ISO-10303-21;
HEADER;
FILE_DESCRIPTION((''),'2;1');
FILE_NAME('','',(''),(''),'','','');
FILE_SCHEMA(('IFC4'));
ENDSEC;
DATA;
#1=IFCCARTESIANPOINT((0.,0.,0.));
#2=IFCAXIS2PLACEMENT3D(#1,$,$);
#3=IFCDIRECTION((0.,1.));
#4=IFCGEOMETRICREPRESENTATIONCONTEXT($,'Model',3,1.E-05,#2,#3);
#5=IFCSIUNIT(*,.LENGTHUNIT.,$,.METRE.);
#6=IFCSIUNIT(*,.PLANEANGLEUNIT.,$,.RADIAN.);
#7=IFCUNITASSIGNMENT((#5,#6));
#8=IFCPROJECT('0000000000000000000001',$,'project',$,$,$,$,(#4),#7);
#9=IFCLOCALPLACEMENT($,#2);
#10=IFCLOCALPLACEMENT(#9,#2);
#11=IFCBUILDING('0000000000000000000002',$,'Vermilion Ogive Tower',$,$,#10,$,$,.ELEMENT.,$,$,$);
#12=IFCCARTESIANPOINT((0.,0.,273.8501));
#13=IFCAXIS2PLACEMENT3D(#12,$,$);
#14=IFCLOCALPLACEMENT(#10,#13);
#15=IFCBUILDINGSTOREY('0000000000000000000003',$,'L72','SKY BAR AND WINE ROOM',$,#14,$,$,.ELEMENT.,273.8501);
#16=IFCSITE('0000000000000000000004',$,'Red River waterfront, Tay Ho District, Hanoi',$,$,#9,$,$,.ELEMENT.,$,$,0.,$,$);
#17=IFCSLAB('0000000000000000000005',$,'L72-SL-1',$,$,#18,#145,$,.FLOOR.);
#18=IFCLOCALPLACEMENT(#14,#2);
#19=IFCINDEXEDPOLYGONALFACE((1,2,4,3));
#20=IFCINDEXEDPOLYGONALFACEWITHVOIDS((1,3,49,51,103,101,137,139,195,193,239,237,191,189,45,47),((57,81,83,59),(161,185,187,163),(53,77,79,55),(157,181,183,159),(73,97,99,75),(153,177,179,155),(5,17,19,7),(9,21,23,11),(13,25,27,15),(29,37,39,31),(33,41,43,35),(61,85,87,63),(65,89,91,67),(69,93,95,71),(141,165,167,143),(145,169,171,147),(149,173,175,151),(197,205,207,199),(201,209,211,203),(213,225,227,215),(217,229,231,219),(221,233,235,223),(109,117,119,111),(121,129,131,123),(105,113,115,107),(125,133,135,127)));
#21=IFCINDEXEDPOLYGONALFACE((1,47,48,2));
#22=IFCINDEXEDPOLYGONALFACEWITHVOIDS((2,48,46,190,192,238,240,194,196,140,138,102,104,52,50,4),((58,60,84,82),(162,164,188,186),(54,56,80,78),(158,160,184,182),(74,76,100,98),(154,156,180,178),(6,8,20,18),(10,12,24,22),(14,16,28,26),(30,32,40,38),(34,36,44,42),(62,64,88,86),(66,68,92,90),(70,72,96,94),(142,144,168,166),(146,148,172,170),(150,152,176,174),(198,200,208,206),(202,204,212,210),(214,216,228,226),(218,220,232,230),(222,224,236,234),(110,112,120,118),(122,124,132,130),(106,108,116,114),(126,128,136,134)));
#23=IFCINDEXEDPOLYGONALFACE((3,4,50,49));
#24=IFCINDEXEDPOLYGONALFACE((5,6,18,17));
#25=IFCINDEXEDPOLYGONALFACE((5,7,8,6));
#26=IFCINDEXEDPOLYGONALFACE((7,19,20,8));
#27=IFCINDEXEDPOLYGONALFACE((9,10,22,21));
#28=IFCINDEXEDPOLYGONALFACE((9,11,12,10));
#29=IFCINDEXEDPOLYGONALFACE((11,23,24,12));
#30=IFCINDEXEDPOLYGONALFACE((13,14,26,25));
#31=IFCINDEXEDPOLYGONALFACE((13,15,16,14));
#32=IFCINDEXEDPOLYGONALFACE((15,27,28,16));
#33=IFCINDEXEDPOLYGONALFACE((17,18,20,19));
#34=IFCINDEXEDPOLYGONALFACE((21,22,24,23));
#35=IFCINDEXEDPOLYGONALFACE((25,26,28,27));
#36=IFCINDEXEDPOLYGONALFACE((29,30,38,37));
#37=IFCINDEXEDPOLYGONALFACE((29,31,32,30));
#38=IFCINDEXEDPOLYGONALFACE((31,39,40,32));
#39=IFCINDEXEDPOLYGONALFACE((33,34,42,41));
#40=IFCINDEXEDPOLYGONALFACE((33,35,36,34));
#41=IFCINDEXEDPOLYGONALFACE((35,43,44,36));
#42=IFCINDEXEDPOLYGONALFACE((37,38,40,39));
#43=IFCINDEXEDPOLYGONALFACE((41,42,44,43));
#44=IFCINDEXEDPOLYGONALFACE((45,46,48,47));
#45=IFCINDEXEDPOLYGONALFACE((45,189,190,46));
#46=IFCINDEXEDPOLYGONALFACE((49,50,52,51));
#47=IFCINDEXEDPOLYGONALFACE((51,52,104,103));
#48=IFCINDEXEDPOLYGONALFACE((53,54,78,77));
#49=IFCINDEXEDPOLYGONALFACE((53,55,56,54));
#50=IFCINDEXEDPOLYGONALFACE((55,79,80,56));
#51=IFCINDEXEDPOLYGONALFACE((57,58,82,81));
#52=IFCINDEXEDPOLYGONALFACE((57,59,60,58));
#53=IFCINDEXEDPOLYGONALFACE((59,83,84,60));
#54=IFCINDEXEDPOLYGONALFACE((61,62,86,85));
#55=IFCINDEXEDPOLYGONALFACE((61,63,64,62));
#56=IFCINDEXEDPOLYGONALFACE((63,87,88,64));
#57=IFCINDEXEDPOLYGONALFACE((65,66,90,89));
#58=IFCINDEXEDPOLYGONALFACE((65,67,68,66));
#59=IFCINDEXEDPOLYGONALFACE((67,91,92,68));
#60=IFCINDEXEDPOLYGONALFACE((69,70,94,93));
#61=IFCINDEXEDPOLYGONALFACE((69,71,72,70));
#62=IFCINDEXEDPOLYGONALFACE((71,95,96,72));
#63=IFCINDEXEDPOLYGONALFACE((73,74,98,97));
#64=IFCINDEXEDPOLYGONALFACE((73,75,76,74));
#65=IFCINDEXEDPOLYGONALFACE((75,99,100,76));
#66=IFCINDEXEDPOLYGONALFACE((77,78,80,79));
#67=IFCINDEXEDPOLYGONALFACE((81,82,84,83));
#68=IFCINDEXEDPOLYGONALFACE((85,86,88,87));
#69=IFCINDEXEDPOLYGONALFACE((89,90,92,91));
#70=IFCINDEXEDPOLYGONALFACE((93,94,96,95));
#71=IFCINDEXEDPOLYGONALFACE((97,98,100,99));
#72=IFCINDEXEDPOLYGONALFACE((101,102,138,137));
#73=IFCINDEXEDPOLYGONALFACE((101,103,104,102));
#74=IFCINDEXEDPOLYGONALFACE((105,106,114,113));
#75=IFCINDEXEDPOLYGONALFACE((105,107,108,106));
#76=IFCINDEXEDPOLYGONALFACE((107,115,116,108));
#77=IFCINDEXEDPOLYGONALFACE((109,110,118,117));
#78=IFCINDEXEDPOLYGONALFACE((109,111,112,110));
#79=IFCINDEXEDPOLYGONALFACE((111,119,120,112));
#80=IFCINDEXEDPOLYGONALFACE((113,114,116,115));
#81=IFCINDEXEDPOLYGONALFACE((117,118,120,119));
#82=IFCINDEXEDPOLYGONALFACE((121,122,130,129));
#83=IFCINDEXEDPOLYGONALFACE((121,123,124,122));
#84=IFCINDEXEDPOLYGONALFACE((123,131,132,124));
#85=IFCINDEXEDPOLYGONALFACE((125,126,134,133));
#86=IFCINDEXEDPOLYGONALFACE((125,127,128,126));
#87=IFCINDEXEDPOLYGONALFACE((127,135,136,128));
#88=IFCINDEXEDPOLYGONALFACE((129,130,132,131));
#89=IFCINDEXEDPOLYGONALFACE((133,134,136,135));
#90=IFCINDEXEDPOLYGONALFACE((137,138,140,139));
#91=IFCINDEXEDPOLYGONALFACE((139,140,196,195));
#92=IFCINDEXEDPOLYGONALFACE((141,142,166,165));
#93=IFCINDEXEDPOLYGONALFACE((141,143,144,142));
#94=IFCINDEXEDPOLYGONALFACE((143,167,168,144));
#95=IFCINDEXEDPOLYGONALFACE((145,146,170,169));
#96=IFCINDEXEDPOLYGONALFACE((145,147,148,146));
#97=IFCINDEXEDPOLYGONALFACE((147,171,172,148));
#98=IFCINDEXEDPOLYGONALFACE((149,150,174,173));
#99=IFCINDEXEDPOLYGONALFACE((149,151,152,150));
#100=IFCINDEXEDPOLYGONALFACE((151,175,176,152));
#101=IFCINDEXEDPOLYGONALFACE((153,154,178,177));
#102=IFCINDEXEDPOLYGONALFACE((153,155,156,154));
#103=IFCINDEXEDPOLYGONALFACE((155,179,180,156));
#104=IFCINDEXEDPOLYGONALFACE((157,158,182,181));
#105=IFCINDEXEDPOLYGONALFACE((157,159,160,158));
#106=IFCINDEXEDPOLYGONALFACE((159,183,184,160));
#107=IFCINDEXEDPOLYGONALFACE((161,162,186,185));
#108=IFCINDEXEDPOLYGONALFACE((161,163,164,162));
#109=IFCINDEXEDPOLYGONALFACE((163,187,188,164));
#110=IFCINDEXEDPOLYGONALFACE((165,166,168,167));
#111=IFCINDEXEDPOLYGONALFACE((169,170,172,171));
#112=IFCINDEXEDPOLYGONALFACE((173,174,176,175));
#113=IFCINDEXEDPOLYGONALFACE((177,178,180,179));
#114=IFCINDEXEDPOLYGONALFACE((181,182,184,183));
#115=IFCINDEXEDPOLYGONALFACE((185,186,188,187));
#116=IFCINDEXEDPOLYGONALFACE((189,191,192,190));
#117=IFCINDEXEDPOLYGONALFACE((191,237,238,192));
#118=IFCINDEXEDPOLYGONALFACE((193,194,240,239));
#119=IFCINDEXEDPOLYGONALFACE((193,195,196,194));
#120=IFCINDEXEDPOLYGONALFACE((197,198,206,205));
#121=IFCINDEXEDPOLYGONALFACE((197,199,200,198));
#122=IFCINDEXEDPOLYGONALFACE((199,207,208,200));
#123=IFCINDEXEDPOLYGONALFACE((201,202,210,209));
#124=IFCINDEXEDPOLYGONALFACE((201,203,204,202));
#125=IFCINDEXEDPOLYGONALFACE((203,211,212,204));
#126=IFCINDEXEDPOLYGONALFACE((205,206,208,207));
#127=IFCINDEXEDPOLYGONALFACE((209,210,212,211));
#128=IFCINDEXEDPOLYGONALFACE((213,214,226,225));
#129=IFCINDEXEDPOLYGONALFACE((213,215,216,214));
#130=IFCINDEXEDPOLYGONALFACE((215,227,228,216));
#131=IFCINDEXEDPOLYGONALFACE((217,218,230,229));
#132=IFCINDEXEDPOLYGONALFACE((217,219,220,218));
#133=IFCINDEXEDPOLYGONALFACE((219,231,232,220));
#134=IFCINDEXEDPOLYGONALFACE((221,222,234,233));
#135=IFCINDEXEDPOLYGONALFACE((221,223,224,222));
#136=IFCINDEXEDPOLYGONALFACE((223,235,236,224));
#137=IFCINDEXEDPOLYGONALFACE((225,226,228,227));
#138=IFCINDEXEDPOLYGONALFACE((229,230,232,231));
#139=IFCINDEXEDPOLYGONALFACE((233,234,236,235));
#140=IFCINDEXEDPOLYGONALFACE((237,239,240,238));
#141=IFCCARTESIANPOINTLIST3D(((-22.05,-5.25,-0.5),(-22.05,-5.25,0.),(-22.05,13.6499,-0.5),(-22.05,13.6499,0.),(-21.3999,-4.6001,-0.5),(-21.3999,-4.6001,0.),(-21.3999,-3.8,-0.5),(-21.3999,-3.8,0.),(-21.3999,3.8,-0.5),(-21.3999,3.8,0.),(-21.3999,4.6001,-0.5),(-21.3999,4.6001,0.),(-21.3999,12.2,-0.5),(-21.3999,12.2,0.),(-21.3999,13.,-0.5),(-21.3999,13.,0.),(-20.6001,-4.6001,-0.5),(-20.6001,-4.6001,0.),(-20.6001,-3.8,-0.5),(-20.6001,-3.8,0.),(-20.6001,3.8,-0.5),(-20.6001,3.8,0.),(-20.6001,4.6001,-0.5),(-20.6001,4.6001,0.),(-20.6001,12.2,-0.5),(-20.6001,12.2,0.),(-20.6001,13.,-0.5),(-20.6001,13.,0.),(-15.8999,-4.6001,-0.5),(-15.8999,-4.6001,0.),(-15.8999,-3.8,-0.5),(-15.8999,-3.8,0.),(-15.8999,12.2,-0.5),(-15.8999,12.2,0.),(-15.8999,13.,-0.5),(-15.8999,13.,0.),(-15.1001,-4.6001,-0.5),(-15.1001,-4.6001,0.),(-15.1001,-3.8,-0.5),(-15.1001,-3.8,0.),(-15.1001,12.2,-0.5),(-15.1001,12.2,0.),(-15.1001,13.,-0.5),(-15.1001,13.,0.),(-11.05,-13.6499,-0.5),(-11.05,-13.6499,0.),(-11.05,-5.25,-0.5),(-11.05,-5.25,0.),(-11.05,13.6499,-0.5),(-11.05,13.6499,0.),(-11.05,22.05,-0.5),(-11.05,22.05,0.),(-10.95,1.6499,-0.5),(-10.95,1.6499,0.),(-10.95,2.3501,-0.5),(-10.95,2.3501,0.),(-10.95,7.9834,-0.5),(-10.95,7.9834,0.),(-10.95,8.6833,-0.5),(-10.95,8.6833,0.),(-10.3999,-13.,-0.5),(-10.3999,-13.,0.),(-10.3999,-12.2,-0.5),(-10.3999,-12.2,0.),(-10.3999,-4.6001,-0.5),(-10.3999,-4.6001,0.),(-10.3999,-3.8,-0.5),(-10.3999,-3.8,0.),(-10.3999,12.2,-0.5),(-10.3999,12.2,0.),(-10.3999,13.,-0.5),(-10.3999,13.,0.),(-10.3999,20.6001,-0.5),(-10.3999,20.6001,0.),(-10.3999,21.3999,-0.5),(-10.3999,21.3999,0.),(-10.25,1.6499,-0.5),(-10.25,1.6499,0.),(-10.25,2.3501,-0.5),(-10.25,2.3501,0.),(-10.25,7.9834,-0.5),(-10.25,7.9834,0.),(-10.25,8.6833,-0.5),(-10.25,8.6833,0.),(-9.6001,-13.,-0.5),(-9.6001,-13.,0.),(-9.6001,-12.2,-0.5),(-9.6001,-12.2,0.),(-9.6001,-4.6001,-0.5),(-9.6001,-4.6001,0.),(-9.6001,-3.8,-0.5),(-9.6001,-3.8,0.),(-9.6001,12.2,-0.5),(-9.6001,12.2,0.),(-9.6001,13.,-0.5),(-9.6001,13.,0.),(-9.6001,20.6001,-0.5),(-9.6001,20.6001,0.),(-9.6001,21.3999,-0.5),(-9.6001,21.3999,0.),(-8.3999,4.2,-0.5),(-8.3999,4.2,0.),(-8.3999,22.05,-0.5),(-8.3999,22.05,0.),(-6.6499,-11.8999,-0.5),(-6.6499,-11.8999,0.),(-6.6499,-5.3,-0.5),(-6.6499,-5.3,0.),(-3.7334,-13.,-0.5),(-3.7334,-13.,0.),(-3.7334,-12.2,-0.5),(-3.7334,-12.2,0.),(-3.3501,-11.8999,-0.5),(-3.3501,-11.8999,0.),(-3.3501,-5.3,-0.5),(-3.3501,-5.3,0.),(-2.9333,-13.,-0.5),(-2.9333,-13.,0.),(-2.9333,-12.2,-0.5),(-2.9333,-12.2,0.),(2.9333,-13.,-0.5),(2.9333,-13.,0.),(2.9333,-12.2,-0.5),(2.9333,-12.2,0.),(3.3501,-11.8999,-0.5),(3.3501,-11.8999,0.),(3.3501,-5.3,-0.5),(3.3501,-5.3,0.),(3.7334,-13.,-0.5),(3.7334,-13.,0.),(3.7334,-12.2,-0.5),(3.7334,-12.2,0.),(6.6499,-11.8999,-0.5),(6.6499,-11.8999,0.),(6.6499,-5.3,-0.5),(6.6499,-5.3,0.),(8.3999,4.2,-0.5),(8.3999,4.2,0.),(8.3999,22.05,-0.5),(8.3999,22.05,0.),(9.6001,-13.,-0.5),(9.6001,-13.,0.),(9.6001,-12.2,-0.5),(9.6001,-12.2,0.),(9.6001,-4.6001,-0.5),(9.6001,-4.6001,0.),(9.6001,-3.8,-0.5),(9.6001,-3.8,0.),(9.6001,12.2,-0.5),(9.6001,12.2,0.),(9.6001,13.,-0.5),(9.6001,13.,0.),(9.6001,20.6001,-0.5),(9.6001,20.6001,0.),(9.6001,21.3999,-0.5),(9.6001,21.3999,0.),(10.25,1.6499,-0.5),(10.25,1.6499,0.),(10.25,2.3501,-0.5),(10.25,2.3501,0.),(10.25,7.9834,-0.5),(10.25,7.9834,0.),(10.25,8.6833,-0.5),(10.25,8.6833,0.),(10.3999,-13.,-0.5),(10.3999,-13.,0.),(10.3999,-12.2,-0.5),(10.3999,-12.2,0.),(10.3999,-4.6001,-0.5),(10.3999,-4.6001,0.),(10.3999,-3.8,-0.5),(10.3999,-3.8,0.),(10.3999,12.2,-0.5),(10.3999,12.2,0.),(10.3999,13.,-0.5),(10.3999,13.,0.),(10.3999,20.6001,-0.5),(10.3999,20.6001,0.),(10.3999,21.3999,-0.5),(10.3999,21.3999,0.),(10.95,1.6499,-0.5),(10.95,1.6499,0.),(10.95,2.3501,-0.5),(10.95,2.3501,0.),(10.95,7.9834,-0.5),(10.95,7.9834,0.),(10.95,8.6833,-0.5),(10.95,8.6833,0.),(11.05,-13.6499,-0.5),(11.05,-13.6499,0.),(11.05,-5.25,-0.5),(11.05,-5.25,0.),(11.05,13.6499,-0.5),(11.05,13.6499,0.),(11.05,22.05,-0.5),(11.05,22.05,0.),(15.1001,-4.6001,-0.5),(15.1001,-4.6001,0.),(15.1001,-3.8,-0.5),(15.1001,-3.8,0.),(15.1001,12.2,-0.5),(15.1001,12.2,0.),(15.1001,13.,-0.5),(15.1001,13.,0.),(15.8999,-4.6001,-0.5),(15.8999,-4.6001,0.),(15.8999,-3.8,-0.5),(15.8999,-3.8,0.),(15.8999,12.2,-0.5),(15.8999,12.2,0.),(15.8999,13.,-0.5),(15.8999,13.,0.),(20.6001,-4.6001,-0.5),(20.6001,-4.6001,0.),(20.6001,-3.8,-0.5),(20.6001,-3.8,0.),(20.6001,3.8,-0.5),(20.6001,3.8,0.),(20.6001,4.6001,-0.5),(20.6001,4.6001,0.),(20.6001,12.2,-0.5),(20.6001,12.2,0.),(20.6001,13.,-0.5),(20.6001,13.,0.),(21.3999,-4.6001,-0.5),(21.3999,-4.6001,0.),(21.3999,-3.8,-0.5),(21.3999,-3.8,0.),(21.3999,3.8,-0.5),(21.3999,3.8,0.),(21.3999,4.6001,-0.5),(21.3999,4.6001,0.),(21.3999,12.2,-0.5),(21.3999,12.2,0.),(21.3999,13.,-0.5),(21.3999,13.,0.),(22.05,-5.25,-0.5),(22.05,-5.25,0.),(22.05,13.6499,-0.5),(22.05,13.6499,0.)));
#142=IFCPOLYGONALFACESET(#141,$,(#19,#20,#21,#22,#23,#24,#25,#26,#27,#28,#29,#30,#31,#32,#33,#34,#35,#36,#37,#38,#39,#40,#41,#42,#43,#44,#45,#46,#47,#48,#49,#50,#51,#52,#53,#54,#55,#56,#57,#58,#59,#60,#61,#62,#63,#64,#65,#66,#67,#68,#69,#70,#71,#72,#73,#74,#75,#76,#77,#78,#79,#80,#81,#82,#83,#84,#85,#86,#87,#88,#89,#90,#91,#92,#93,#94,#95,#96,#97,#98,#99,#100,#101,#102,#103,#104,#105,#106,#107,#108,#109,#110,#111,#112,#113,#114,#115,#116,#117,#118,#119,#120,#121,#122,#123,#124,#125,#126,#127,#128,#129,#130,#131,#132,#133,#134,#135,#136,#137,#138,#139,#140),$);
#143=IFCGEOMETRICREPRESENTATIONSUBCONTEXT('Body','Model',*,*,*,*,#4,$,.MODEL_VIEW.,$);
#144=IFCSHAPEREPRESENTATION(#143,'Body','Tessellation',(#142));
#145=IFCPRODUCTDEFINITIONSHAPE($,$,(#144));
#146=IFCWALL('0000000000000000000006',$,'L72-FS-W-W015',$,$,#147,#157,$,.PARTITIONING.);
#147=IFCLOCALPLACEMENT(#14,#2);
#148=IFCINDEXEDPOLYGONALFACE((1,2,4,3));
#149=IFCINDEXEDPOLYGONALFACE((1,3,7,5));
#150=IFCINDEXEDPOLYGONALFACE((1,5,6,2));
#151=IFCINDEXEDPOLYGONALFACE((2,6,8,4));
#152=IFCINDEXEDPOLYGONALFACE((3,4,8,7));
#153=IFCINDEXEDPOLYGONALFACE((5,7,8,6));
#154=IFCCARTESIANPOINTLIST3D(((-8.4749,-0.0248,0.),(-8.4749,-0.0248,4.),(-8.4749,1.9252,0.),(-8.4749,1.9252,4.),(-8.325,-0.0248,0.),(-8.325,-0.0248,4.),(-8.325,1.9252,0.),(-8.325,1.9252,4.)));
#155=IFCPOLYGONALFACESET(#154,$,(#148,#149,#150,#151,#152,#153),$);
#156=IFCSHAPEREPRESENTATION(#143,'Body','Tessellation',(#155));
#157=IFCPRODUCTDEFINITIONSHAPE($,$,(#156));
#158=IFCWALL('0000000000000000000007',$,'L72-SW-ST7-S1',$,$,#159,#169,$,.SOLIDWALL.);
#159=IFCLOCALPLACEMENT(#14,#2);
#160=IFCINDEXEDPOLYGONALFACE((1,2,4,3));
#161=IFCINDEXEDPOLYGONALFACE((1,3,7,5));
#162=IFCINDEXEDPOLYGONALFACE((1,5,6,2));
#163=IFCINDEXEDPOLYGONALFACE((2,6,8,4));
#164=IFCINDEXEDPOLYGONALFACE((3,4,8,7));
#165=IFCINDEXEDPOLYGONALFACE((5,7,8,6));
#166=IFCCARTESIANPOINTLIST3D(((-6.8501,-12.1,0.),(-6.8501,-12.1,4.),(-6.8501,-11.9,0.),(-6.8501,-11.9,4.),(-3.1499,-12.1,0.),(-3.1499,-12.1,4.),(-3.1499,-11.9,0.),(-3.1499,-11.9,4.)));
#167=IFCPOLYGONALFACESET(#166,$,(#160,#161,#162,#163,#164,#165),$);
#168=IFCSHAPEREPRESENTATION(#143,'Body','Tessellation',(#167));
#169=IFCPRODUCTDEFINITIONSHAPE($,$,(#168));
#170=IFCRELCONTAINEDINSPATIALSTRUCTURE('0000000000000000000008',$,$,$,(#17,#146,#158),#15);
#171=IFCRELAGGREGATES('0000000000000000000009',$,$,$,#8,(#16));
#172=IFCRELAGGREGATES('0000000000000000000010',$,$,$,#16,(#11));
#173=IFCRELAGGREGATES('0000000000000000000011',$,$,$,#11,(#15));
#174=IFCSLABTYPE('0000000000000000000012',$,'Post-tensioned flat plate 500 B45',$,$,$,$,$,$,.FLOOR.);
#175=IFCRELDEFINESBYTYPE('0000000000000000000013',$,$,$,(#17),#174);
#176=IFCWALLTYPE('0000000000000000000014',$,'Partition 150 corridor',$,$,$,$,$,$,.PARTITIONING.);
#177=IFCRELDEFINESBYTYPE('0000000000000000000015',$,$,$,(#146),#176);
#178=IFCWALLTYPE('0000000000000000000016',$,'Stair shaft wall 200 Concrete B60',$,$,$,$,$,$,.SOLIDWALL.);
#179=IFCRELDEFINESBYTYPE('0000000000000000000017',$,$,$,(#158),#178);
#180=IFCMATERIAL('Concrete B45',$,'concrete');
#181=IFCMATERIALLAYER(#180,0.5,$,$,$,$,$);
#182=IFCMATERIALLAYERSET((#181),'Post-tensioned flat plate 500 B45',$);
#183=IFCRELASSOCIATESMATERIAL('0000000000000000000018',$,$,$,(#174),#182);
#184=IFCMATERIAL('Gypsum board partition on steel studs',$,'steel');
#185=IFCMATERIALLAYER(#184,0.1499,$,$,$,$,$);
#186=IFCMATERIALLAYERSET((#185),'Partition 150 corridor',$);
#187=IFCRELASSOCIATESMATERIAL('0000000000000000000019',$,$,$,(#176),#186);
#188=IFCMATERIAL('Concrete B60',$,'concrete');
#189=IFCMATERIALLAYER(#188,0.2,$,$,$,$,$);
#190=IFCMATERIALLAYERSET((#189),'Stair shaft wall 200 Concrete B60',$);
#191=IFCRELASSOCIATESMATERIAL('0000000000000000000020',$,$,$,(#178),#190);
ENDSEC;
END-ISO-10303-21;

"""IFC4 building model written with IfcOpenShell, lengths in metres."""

from ifc_helpers import new_model, si_unit, direction, frame, frame_2d, origin, place, context, subcontext, project, spatial, polyline, rectangle, outline, extrude, material, layer, layer_set, type_object, element, save


model = new_model("IFC4")

# Units and contexts
model_context = context("Model", 3, precision=1e-05, world=origin(), true_north=direction((0.0, 1.0)))
body_context = subcontext(model_context, "Body", "Model", "MODEL_VIEW")
ifc_project = project(units=[si_unit("LENGTHUNIT", "METRE"), si_unit("PLANEANGLEUNIT", "RADIAN")], contexts=[model_context])

# Site, building, storey
site_placement = place(None, origin())
site = spatial("IfcSite", under=ifc_project, at=site_placement, Name="Red River waterfront, Tay Ho District, Hanoi", CompositionType="ELEMENT", RefElevation=0.0)
building_placement = place(site_placement, origin())
building = spatial("IfcBuilding", under=site, at=building_placement, Name="Vermilion Ogive Tower", CompositionType="ELEMENT")
storey_placement = place(building_placement, frame((0.0, 0.0, 273.8501)))
storey = spatial("IfcBuildingStorey", under=building, at=storey_placement, Name="L72", Description="SKY BAR AND WINE ROOM", CompositionType="ELEMENT", Elevation=273.8501)

# Slab
ifc_material_1 = material(Name="Concrete B45", Category="concrete")
ifc_layer_1 = layer(ifc_material_1, 0.5)
ifc_layer_set_1 = layer_set([ifc_layer_1], Name="Post-tensioned flat plate 500 B45")
slab_type = type_object("IfcSlabType", Name="Post-tensioned flat plate 500 B45", PredefinedType="FLOOR", material=ifc_layer_set_1)
slab_placement = place(storey_placement, frame((0.0, 0.0, -0.5)))
element("IfcSlab", 1, at=slab_placement, inside=storey, type_object=slab_type, Name="L72-SL-1", PredefinedType="FLOOR", context=body_context, shape_type="SweptSolid", body=[
    extrude(outline(polyline([(-11.05, -5.25), (-22.05, -5.25), (-22.05, 13.6499), (-11.05, 13.6499), (-11.05, 22.05), (-8.3999, 22.05), (-8.3999, 4.2), (8.3999, 4.2), (8.3999, 22.05), (11.05, 22.05), (11.05, 13.6499), (22.05, 13.6499), (22.05, -5.25), (11.05, -5.25), (11.05, -13.6499), (-11.05, -13.6499), (-11.05, -5.25)]), holes=[polyline([(21.3999, 12.2), (21.3999, 13.0), (20.6001, 13.0), (20.6001, 12.2), (21.3999, 12.2)]), polyline([(21.3999, 3.8), (21.3999, 4.6001), (20.6001, 4.6001), (20.6001, 3.8), (21.3999, 3.8)]), polyline([(21.3999, -4.6001), (21.3999, -3.8), (20.6001, -3.8), (20.6001, -4.6001), (21.3999, -4.6001)]), polyline([(15.8999, 12.2), (15.8999, 13.0), (15.1001, 13.0), (15.1001, 12.2), (15.8999, 12.2)]), polyline([(15.8999, -4.6001), (15.8999, -3.8), (15.1001, -3.8), (15.1001, -4.6001), (15.8999, -4.6001)]), polyline([(10.95, 7.9834), (10.95, 8.6833), (10.25, 8.6833), (10.25, 7.9834), (10.95, 7.9834)]), polyline([(10.95, 1.6499), (10.95, 2.3501), (10.25, 2.3501), (10.25, 1.6499), (10.95, 1.6499)]), polyline([(10.3999, 20.6001), (10.3999, 21.3999), (9.6001, 21.3999), (9.6001, 20.6001), (10.3999, 20.6001)]), polyline([(10.3999, 12.2), (10.3999, 13.0), (9.6001, 13.0), (9.6001, 12.2), (10.3999, 12.2)]), polyline([(10.3999, -4.6001), (10.3999, -3.8), (9.6001, -3.8), (9.6001, -4.6001), (10.3999, -4.6001)]), polyline([(10.3999, -13.0), (10.3999, -12.2), (9.6001, -12.2), (9.6001, -13.0), (10.3999, -13.0)]), polyline([(6.6499, -11.8999), (6.6499, -5.3), (3.3501, -5.3), (3.3501, -11.8999), (6.6499, -11.8999)]), polyline([(3.7334, -13.0), (3.7334, -12.2), (2.9333, -12.2), (2.9333, -13.0), (3.7334, -13.0)]), polyline([(-2.9333, -13.0), (-2.9333, -12.2), (-3.7334, -12.2), (-3.7334, -13.0), (-2.9333, -13.0)]), polyline([(-3.3501, -11.8999), (-3.3501, -5.3), (-6.6499, -5.3), (-6.6499, -11.8999), (-3.3501, -11.8999)]), polyline([(-9.6001, 20.6001), (-9.6001, 21.3999), (-10.3999, 21.3999), (-10.3999, 20.6001), (-9.6001, 20.6001)]), polyline([(-9.6001, 12.2), (-9.6001, 13.0), (-10.3999, 13.0), (-10.3999, 12.2), (-9.6001, 12.2)]), polyline([(-9.6001, -4.6001), (-9.6001, -3.8), (-10.3999, -3.8), (-10.3999, -4.6001), (-9.6001, -4.6001)]), polyline([(-9.6001, -12.2), (-10.3999, -12.2), (-10.3999, -13.0), (-9.6001, -13.0), (-9.6001, -12.2)]), polyline([(-10.25, 7.9834), (-10.25, 8.6833), (-10.95, 8.6833), (-10.95, 7.9834), (-10.25, 7.9834)]), polyline([(-10.25, 1.6499), (-10.25, 2.3501), (-10.95, 2.3501), (-10.95, 1.6499), (-10.25, 1.6499)]), polyline([(-15.1001, 12.2), (-15.1001, 13.0), (-15.8999, 13.0), (-15.8999, 12.2), (-15.1001, 12.2)]), polyline([(-15.1001, -4.6001), (-15.1001, -3.8), (-15.8999, -3.8), (-15.8999, -4.6001), (-15.1001, -4.6001)]), polyline([(-20.6001, -4.6001), (-20.6001, -3.8), (-21.3999, -3.8), (-21.3999, -4.6001), (-20.6001, -4.6001)]), polyline([(-20.6001, 12.2), (-20.6001, 13.0), (-21.3999, 13.0), (-21.3999, 12.2), (-20.6001, 12.2)]), polyline([(-20.6001, 3.8), (-20.6001, 4.6001), (-21.3999, 4.6001), (-21.3999, 3.8), (-20.6001, 3.8)])]), origin(), (0.0, 0.0, 1.0), 0.5),
])

# Walls
ifc_material_2 = material(Name="Gypsum board partition on steel studs", Category="steel")
ifc_layer_2 = layer(ifc_material_2, 0.1499)
ifc_layer_set_2 = layer_set([ifc_layer_2], Name="Partition 150 corridor")
wall_type_1 = type_object("IfcWallType", Name="Partition 150 corridor", PredefinedType="PARTITIONING", material=ifc_layer_set_2)
wall_1_placement = place(storey_placement, frame((-8.3999, -0.0249, 0.0), z_axis=(0.0, 0.0, 1.0), x_axis=(0.0, 1.0, 0.0)))
element("IfcWall", 2, at=wall_1_placement, inside=storey, type_object=wall_type_1, Name="L72-FS-W-W015", PredefinedType="PARTITIONING", context=body_context, shape_type="SweptSolid", body=[
    extrude(rectangle(XDim=1.95, YDim=0.1499, at=frame_2d((0.9751, 0.0))), origin(), (0.0, 0.0, 1.0), 4.0),
])
ifc_material_3 = material(Name="Concrete B60", Category="concrete")
ifc_layer_3 = layer(ifc_material_3, 0.2)
ifc_layer_set_3 = layer_set([ifc_layer_3], Name="Stair shaft wall 200 Concrete B60")
wall_type_2 = type_object("IfcWallType", Name="Stair shaft wall 200 Concrete B60", PredefinedType="SOLIDWALL", material=ifc_layer_set_3)
wall_2_placement = place(storey_placement, frame((-6.8501, -12.0, 0.0), z_axis=(0.0, 0.0, 1.0), x_axis=(1.0, 0.0, 0.0)))
element("IfcWall", 3, at=wall_2_placement, inside=storey, type_object=wall_type_2, Name="L72-SW-ST7-S1", PredefinedType="SOLIDWALL", context=body_context, shape_type="SweptSolid", body=[
    extrude(rectangle(XDim=3.7002, YDim=0.2, at=frame_2d((1.8501, 0.0))), origin(), (0.0, 0.0, 1.0), 4.0),
])

save(model, "model.ifc")
